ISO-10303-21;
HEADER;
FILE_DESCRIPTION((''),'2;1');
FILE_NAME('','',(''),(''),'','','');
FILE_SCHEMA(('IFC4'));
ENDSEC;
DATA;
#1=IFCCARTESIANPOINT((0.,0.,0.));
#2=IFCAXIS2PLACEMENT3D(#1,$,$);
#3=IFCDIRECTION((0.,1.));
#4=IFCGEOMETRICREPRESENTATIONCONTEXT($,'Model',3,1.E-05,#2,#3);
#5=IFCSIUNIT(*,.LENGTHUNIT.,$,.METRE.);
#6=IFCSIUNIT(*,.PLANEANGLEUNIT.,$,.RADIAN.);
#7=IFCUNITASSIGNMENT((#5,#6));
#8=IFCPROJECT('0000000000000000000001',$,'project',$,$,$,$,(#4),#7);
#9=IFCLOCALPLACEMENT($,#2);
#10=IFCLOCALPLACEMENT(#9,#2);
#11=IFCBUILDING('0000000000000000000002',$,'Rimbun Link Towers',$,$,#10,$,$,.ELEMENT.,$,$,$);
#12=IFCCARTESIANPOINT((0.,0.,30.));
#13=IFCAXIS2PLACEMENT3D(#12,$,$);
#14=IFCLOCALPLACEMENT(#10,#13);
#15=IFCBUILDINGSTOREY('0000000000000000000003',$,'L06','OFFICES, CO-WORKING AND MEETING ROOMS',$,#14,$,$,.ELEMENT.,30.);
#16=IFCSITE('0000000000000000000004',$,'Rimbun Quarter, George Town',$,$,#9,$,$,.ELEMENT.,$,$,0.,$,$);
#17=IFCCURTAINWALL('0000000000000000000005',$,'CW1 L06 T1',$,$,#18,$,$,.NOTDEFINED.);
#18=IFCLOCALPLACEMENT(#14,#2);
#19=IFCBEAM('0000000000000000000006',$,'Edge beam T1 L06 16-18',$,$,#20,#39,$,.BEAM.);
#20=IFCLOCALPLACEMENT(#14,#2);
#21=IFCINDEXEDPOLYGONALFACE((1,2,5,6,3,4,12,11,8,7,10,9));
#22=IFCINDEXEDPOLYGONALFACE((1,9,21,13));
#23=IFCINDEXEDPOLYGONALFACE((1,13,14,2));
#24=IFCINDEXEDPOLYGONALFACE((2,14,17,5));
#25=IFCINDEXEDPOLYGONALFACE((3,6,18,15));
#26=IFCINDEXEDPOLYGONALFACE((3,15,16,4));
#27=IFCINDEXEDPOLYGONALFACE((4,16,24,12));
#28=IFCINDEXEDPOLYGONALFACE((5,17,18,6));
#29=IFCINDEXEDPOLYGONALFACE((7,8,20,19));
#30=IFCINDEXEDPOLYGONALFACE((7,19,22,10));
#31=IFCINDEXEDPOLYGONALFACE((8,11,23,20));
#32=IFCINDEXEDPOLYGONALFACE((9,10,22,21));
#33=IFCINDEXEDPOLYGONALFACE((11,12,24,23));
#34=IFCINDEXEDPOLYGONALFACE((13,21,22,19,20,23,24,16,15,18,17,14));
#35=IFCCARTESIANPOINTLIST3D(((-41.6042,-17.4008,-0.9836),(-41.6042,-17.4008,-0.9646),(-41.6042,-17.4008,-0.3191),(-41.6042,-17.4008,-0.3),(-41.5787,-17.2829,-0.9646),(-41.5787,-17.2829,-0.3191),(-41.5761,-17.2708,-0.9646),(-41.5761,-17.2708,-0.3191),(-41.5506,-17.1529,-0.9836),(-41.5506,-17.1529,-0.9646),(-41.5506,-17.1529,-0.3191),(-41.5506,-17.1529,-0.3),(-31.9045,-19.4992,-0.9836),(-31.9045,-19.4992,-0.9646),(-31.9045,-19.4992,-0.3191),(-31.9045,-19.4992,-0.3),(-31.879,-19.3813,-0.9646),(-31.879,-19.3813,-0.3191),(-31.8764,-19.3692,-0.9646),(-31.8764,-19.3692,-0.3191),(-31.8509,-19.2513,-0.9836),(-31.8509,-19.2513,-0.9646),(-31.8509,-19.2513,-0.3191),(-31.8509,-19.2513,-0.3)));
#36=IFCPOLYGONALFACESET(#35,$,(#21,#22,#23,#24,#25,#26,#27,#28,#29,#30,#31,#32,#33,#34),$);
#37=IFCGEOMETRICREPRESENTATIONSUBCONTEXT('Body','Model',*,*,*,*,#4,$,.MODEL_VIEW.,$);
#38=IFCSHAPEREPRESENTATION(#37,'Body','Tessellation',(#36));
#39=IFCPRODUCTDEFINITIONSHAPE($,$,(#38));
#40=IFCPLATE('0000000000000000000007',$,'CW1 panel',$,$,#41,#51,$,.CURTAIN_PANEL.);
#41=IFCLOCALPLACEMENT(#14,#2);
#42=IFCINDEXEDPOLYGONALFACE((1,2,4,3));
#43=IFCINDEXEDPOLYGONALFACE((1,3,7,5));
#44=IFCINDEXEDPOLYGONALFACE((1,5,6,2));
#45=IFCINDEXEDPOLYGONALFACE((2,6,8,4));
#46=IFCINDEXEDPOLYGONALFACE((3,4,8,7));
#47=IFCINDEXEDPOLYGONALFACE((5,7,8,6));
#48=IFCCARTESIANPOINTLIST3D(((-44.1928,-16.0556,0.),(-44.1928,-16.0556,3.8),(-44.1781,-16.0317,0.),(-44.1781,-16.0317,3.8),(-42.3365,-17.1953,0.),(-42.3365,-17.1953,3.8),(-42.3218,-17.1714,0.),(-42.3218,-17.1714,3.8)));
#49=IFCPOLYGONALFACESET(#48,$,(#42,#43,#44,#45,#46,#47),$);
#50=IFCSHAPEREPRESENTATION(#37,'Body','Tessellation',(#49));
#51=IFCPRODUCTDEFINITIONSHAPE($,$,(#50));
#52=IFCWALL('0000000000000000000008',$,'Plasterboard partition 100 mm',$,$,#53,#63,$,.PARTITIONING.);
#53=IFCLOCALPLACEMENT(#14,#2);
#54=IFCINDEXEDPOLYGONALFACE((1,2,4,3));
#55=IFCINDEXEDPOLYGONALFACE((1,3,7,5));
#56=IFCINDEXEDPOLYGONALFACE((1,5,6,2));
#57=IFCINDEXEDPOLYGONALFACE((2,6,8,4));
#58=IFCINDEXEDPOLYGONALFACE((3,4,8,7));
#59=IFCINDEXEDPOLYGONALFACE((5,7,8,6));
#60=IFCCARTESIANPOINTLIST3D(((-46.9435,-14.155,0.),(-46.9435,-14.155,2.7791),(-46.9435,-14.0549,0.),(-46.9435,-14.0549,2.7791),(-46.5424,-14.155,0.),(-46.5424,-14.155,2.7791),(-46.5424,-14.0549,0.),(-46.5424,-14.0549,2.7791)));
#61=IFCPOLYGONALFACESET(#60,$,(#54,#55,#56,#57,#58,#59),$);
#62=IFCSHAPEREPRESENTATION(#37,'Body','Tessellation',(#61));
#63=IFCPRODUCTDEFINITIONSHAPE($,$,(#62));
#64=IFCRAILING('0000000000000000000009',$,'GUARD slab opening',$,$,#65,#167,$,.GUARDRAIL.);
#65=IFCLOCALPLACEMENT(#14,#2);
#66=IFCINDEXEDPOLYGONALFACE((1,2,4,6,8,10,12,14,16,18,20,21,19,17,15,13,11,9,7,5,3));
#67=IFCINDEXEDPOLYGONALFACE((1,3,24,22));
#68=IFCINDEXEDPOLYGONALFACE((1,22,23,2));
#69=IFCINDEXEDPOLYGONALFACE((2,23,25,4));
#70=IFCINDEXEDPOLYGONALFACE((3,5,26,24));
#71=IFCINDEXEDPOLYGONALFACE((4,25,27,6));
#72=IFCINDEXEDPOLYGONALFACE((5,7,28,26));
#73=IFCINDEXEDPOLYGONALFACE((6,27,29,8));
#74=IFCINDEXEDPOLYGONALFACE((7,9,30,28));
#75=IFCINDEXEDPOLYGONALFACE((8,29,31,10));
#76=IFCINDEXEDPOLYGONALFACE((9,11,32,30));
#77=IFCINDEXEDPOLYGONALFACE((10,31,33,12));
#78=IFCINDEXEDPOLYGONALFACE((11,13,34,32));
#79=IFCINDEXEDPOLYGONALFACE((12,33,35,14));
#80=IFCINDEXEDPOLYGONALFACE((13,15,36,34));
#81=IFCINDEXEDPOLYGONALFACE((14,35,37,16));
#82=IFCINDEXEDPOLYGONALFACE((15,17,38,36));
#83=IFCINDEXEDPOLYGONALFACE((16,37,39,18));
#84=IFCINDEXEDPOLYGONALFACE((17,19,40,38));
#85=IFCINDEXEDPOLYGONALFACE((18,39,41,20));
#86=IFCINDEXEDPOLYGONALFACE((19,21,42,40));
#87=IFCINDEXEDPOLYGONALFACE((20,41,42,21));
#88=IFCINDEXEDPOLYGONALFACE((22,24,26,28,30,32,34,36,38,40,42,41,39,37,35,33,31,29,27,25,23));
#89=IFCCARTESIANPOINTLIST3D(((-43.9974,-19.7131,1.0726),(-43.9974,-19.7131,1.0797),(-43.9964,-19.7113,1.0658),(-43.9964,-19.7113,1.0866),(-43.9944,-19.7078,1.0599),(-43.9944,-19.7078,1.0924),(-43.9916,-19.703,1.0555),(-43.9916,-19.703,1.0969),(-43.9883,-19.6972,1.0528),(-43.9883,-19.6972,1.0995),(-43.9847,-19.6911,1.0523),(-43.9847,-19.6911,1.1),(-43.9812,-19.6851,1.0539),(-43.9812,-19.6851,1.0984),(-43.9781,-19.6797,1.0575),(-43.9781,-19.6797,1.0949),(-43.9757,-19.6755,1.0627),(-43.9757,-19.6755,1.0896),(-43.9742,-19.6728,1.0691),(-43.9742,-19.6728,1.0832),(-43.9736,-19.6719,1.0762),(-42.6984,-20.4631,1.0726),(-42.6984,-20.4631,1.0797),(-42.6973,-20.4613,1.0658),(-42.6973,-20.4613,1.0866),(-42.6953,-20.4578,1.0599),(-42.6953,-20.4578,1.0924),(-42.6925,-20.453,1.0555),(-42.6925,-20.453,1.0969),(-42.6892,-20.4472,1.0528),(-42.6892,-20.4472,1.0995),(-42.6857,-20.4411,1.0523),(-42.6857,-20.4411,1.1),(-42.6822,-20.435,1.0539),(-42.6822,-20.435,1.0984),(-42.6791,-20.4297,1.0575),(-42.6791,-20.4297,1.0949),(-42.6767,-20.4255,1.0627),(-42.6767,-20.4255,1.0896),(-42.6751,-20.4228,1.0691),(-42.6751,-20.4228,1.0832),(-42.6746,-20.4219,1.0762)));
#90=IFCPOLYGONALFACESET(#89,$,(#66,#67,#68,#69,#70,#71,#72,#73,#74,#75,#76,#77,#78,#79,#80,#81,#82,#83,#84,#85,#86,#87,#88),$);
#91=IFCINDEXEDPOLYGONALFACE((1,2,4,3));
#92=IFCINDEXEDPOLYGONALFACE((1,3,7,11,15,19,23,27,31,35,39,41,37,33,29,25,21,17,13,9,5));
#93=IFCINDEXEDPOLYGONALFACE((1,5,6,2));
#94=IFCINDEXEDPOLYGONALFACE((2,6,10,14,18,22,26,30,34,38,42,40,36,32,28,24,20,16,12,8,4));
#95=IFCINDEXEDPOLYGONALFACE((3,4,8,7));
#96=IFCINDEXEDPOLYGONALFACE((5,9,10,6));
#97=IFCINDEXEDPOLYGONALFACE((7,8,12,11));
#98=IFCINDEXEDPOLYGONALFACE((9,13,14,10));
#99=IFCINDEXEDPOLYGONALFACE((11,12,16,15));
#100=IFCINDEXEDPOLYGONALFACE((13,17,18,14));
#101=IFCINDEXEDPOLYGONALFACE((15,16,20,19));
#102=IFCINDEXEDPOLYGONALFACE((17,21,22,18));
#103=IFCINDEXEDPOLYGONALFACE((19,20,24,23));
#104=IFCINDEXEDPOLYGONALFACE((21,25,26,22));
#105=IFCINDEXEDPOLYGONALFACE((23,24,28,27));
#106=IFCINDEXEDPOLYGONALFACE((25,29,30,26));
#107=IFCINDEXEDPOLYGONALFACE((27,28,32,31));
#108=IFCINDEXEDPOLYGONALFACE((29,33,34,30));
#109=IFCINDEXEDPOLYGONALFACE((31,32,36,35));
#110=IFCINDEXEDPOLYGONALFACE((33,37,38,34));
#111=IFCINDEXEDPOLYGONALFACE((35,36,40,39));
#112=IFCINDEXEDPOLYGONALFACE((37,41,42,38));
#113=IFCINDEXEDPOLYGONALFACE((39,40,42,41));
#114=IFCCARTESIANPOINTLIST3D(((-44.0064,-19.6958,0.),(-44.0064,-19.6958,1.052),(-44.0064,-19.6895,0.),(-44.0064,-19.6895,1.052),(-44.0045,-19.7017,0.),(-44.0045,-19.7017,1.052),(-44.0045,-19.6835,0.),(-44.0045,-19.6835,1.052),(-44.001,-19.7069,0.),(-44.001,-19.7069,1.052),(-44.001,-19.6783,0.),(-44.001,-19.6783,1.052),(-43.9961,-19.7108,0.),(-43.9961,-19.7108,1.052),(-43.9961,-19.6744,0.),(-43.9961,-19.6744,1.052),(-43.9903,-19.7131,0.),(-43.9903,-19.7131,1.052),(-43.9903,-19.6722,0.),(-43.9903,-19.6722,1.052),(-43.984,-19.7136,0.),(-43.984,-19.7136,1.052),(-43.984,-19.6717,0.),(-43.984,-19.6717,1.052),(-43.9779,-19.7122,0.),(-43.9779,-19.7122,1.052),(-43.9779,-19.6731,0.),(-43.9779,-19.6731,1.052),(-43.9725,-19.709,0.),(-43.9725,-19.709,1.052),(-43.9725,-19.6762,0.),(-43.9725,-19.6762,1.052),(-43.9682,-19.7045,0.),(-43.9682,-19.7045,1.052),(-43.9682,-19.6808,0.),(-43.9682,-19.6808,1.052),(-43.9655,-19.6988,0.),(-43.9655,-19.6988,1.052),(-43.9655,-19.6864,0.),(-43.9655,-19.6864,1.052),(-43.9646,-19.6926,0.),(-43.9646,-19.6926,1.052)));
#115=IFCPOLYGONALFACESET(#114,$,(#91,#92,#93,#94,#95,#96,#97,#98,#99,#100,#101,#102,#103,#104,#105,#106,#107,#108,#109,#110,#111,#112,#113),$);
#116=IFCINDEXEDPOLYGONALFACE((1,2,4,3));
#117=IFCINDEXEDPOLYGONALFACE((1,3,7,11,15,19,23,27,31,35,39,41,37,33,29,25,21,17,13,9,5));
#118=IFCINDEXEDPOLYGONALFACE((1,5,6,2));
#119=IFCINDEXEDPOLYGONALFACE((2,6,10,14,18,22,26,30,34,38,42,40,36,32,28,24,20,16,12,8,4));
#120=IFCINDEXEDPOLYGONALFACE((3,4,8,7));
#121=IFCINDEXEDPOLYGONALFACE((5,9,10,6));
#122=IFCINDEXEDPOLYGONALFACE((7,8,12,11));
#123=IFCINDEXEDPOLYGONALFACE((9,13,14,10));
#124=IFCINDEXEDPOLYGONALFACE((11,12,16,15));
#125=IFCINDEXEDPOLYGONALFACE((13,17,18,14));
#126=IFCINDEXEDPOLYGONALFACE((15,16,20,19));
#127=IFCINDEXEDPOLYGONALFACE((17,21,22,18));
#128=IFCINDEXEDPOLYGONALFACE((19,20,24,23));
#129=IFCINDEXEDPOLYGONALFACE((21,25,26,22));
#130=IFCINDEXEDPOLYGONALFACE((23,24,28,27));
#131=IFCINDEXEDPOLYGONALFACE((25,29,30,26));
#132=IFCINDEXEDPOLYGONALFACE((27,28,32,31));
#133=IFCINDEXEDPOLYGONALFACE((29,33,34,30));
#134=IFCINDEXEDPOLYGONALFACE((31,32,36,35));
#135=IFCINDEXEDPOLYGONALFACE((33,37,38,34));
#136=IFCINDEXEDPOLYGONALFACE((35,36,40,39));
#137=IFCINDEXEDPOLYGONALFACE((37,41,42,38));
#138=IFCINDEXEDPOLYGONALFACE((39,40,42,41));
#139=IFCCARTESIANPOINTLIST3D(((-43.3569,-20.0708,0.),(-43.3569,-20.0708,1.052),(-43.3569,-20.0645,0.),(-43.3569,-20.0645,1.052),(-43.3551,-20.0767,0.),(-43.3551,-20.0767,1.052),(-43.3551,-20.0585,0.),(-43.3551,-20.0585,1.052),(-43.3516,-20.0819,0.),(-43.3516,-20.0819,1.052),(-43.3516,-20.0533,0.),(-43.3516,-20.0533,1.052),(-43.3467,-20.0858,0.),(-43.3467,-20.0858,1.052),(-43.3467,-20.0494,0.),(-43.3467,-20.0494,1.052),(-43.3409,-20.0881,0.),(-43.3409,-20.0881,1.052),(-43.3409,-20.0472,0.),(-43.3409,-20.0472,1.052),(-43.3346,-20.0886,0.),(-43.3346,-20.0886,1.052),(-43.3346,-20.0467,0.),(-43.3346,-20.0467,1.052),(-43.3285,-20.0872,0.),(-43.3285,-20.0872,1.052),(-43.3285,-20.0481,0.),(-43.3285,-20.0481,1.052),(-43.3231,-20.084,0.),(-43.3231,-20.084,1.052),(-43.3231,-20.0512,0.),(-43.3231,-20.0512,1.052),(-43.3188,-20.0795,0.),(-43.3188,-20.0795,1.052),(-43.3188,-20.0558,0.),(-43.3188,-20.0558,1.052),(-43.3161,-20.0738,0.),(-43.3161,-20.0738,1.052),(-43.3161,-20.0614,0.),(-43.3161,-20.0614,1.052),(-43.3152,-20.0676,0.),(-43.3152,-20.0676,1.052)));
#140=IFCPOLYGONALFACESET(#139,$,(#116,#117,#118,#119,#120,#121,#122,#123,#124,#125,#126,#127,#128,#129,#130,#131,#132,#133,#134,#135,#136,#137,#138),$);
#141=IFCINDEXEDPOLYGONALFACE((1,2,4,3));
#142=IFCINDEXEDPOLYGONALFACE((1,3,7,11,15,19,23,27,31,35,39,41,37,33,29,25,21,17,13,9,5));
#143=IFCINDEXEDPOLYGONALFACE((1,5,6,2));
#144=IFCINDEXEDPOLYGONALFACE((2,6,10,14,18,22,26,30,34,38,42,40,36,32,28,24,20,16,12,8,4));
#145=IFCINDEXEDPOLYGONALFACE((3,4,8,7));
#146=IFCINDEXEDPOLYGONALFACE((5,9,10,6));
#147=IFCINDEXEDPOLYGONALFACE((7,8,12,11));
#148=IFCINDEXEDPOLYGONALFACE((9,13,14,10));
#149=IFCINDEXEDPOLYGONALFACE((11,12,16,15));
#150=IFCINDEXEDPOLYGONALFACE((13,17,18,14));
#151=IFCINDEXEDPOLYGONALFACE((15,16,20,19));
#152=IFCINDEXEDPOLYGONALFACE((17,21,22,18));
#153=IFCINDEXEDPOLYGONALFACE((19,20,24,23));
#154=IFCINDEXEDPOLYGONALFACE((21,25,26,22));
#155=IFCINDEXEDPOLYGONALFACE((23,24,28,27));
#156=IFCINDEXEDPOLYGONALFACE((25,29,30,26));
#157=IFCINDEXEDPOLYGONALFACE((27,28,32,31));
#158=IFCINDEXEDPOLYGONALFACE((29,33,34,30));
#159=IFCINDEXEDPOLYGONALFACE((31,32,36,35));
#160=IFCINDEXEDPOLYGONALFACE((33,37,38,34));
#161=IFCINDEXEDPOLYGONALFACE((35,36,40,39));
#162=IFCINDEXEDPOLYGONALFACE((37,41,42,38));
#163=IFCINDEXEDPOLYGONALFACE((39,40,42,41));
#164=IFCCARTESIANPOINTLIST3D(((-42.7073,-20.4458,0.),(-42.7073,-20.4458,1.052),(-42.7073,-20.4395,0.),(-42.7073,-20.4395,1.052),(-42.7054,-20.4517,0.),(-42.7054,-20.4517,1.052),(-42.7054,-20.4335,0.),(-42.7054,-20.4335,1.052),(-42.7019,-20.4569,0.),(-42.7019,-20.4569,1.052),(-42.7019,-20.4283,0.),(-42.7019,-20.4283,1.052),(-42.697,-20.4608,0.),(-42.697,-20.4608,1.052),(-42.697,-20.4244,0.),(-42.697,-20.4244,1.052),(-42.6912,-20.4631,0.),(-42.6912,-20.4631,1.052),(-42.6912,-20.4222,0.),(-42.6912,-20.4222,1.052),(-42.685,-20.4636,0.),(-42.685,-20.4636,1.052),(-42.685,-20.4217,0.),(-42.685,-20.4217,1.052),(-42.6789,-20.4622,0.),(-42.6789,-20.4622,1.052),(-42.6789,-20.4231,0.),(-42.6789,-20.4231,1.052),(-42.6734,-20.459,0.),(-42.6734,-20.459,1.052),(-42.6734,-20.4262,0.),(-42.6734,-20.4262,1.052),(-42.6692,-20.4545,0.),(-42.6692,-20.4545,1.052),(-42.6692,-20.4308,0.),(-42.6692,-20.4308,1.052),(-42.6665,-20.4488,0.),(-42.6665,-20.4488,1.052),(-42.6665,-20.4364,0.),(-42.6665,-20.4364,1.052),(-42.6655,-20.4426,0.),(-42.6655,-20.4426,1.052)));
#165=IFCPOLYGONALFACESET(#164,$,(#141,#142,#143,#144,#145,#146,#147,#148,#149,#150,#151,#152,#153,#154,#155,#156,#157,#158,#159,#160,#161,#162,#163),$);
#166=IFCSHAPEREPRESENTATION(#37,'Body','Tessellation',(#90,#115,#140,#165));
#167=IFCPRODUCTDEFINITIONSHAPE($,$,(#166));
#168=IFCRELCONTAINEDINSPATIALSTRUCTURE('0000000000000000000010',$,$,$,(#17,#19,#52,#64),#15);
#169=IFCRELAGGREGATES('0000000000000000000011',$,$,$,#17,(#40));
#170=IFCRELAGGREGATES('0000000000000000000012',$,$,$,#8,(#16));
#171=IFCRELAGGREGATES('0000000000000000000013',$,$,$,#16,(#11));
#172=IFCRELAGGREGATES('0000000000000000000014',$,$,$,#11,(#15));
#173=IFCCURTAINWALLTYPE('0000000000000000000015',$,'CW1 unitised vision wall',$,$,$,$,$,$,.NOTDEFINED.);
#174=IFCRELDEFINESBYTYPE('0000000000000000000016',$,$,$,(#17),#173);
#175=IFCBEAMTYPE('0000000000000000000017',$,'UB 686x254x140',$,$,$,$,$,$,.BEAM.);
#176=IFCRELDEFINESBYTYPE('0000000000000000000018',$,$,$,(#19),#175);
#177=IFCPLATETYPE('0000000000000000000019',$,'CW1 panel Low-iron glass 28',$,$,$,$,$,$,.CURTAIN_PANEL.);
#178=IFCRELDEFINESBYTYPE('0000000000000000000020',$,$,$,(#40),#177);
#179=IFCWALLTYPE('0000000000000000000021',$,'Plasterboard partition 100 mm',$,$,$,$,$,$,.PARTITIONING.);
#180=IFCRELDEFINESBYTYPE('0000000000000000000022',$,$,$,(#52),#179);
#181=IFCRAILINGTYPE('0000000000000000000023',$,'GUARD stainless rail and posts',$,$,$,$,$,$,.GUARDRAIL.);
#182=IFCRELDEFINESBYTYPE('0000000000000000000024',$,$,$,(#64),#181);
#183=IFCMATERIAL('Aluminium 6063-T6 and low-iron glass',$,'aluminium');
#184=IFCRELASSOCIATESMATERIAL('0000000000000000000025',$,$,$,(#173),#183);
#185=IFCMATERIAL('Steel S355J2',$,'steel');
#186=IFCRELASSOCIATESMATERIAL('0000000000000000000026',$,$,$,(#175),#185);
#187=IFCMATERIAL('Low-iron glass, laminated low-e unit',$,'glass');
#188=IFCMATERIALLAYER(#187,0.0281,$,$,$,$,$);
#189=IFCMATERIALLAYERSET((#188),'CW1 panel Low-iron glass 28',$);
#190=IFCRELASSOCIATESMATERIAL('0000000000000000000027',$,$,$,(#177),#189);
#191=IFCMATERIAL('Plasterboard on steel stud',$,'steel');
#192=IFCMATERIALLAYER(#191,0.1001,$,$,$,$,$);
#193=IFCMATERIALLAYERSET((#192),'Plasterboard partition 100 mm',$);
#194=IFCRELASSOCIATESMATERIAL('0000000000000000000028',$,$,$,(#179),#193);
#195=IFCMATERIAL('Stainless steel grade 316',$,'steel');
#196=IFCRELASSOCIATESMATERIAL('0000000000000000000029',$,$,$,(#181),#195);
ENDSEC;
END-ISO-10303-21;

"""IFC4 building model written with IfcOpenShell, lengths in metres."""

from ifc_helpers import new_model, si_unit, direction, frame, frame_2d, origin, origin_2d, place, context, subcontext, project, spatial, rectangle, circle, i_section, extrude, material, layer, layer_set, material_profile, profile_set, type_object, element, aggregate, save


model = new_model("IFC4")

# Units and contexts
model_context = context("Model", 3, precision=1e-05, world=origin(), true_north=direction((0.0, 1.0)))
body_context = subcontext(model_context, "Body", "Model", "MODEL_VIEW")
ifc_project = project(units=[si_unit("LENGTHUNIT", "METRE"), si_unit("PLANEANGLEUNIT", "RADIAN")], contexts=[model_context])

# Site, building, storey
site_placement = place(None, origin())
site = spatial("IfcSite", under=ifc_project, at=site_placement, Name="Rimbun Quarter, George Town", CompositionType="ELEMENT", RefElevation=0.0)
building_placement = place(site_placement, origin())
building = spatial("IfcBuilding", under=site, at=building_placement, Name="Rimbun Link Towers", CompositionType="ELEMENT")
storey_placement = place(building_placement, frame((0.0, 0.0, 30.0)))
storey = spatial("IfcBuildingStorey", under=building, at=storey_placement, Name="L06", Description="OFFICES, CO-WORKING AND MEETING ROOMS", CompositionType="ELEMENT", Elevation=30.0)

# Curtain wall
ifc_material_1 = material(Name="Aluminium 6063-T6 and low-iron glass", Category="aluminium")
curtain_wall_type = type_object("IfcCurtainWallType", Name="CW1 unitised vision wall", PredefinedType="NOTDEFINED", material=ifc_material_1)
curtain_wall_placement = place(storey_placement, origin())
curtain_wall = element("IfcCurtainWall", 1, at=curtain_wall_placement, inside=storey, type_object=curtain_wall_type, Name="CW1 L06 T1", PredefinedType="NOTDEFINED")

# Beam
ifc_material_2 = material(Name="Steel S355J2", Category="steel")
ifc_material_profile_1 = material_profile(ifc_material_2, i_section(OverallWidth=0.2537, OverallDepth=0.6836, WebThickness=0.0125, FlangeThickness=0.019, at=origin_2d()), Name="UB 686x254x140")
ifc_profile_set_1 = profile_set([ifc_material_profile_1], Name="Steel S355J2")
beam_type_1 = type_object("IfcBeamType", Name="UB 686x254x140", PredefinedType="BEAM", material=ifc_profile_set_1)
beam_1_placement = place(storey_placement, frame((-41.5774, -17.2769, -0.6418), z_axis=(0.97739, -0.211444, 0.0), x_axis=(0.211444, 0.97739, 0.0)))
element("IfcBeam", 2, at=beam_1_placement, inside=storey, type_object=beam_type_1, Name="Edge beam T1 L06 16-18", PredefinedType="BEAM", context=body_context, shape_type="SweptSolid", body=[
    extrude(i_section(OverallWidth=0.2537, OverallDepth=0.6836, WebThickness=0.0125, FlangeThickness=0.019, at=origin_2d()), origin(), (0.0, 0.0, 1.0), 9.9241),
])

# Plate
ifc_material_3 = material(Name="Low-iron glass, laminated low-e unit", Category="glass")
ifc_layer_1 = layer(ifc_material_3, 0.0281)
ifc_layer_set_1 = layer_set([ifc_layer_1], Name="CW1 panel Low-iron glass 28")
plate_type = type_object("IfcPlateType", Name="CW1 panel Low-iron glass 28", PredefinedType="CURTAIN_PANEL", material=ifc_layer_set_1)
plate_placement = place(storey_placement, frame((-43.2573, -16.6135, 0.0), z_axis=(0.0, 0.0, 1.0), x_axis=(-0.85219, 0.523232, 0.0)))
plate = element("IfcPlate", 3, at=plate_placement, type_object=plate_type, Name="CW1 panel", PredefinedType="CURTAIN_PANEL", context=body_context, shape_type="SweptSolid", body=[
    extrude(rectangle(XDim=2.1782, YDim=0.0281, at=origin_2d()), origin(), (0.0, 0.0, 1.0), 3.8),
])
aggregate(curtain_wall, [plate])

# Wall
ifc_material_4 = material(Name="Plasterboard on steel stud", Category="steel")
ifc_layer_2 = layer(ifc_material_4, 0.1001)
ifc_layer_set_2 = layer_set([ifc_layer_2], Name="Plasterboard partition 100 mm")
wall_type_1 = type_object("IfcWallType", Name="Plasterboard partition 100 mm", PredefinedType="PARTITIONING", material=ifc_layer_set_2)
wall_1_placement = place(storey_placement, frame((-46.9436, -14.105, 0.0), z_axis=(0.0, 0.0, 1.0), x_axis=(1.0, 0.0, 0.0)))
element("IfcWall", 4, at=wall_1_placement, inside=storey, type_object=wall_type_1, Name="Plasterboard partition 100 mm", PredefinedType="PARTITIONING", context=body_context, shape_type="SweptSolid", body=[
    extrude(rectangle(XDim=0.4011, YDim=0.1001, at=frame_2d((0.2007, 0.0))), origin(), (0.0, 0.0, 1.0), 2.7791),
])

# Railing
ifc_material_5 = material(Name="Stainless steel grade 316", Category="steel")
railing_type_1 = type_object("IfcRailingType", Name="GUARD stainless rail and posts", PredefinedType="GUARDRAIL", material=ifc_material_5)
railing_1_placement = place(storey_placement, frame((-43.9856, -19.6926, 0.0)))
element("IfcRailing", 5, at=railing_1_placement, inside=storey, type_object=railing_type_1, Name="GUARD slab opening", PredefinedType="GUARDRAIL", context=body_context, shape_type="SweptSolid", body=[
    extrude(circle(Radius=0.0239, at=origin_2d()), frame((0.0, 0.0, 1.0762), z_axis=(0.866031, -0.49999, 0.0), x_axis=(0.49999, 0.866031, 0.0)), (0.0, 0.0, 1.0), 1.5),
    extrude(circle(Radius=0.021, at=origin_2d()), origin(), (0.0, 0.0, 1.0), 1.052),
    extrude(circle(Radius=0.021, at=origin_2d()), frame((0.6494, -0.375, 0.0)), (0.0, 0.0, 1.0), 1.052),
    extrude(circle(Radius=0.021, at=origin_2d()), frame((1.2991, -0.75, 0.0)), (0.0, 0.0, 1.0), 1.052),
])

save(model, "model.ifc")
